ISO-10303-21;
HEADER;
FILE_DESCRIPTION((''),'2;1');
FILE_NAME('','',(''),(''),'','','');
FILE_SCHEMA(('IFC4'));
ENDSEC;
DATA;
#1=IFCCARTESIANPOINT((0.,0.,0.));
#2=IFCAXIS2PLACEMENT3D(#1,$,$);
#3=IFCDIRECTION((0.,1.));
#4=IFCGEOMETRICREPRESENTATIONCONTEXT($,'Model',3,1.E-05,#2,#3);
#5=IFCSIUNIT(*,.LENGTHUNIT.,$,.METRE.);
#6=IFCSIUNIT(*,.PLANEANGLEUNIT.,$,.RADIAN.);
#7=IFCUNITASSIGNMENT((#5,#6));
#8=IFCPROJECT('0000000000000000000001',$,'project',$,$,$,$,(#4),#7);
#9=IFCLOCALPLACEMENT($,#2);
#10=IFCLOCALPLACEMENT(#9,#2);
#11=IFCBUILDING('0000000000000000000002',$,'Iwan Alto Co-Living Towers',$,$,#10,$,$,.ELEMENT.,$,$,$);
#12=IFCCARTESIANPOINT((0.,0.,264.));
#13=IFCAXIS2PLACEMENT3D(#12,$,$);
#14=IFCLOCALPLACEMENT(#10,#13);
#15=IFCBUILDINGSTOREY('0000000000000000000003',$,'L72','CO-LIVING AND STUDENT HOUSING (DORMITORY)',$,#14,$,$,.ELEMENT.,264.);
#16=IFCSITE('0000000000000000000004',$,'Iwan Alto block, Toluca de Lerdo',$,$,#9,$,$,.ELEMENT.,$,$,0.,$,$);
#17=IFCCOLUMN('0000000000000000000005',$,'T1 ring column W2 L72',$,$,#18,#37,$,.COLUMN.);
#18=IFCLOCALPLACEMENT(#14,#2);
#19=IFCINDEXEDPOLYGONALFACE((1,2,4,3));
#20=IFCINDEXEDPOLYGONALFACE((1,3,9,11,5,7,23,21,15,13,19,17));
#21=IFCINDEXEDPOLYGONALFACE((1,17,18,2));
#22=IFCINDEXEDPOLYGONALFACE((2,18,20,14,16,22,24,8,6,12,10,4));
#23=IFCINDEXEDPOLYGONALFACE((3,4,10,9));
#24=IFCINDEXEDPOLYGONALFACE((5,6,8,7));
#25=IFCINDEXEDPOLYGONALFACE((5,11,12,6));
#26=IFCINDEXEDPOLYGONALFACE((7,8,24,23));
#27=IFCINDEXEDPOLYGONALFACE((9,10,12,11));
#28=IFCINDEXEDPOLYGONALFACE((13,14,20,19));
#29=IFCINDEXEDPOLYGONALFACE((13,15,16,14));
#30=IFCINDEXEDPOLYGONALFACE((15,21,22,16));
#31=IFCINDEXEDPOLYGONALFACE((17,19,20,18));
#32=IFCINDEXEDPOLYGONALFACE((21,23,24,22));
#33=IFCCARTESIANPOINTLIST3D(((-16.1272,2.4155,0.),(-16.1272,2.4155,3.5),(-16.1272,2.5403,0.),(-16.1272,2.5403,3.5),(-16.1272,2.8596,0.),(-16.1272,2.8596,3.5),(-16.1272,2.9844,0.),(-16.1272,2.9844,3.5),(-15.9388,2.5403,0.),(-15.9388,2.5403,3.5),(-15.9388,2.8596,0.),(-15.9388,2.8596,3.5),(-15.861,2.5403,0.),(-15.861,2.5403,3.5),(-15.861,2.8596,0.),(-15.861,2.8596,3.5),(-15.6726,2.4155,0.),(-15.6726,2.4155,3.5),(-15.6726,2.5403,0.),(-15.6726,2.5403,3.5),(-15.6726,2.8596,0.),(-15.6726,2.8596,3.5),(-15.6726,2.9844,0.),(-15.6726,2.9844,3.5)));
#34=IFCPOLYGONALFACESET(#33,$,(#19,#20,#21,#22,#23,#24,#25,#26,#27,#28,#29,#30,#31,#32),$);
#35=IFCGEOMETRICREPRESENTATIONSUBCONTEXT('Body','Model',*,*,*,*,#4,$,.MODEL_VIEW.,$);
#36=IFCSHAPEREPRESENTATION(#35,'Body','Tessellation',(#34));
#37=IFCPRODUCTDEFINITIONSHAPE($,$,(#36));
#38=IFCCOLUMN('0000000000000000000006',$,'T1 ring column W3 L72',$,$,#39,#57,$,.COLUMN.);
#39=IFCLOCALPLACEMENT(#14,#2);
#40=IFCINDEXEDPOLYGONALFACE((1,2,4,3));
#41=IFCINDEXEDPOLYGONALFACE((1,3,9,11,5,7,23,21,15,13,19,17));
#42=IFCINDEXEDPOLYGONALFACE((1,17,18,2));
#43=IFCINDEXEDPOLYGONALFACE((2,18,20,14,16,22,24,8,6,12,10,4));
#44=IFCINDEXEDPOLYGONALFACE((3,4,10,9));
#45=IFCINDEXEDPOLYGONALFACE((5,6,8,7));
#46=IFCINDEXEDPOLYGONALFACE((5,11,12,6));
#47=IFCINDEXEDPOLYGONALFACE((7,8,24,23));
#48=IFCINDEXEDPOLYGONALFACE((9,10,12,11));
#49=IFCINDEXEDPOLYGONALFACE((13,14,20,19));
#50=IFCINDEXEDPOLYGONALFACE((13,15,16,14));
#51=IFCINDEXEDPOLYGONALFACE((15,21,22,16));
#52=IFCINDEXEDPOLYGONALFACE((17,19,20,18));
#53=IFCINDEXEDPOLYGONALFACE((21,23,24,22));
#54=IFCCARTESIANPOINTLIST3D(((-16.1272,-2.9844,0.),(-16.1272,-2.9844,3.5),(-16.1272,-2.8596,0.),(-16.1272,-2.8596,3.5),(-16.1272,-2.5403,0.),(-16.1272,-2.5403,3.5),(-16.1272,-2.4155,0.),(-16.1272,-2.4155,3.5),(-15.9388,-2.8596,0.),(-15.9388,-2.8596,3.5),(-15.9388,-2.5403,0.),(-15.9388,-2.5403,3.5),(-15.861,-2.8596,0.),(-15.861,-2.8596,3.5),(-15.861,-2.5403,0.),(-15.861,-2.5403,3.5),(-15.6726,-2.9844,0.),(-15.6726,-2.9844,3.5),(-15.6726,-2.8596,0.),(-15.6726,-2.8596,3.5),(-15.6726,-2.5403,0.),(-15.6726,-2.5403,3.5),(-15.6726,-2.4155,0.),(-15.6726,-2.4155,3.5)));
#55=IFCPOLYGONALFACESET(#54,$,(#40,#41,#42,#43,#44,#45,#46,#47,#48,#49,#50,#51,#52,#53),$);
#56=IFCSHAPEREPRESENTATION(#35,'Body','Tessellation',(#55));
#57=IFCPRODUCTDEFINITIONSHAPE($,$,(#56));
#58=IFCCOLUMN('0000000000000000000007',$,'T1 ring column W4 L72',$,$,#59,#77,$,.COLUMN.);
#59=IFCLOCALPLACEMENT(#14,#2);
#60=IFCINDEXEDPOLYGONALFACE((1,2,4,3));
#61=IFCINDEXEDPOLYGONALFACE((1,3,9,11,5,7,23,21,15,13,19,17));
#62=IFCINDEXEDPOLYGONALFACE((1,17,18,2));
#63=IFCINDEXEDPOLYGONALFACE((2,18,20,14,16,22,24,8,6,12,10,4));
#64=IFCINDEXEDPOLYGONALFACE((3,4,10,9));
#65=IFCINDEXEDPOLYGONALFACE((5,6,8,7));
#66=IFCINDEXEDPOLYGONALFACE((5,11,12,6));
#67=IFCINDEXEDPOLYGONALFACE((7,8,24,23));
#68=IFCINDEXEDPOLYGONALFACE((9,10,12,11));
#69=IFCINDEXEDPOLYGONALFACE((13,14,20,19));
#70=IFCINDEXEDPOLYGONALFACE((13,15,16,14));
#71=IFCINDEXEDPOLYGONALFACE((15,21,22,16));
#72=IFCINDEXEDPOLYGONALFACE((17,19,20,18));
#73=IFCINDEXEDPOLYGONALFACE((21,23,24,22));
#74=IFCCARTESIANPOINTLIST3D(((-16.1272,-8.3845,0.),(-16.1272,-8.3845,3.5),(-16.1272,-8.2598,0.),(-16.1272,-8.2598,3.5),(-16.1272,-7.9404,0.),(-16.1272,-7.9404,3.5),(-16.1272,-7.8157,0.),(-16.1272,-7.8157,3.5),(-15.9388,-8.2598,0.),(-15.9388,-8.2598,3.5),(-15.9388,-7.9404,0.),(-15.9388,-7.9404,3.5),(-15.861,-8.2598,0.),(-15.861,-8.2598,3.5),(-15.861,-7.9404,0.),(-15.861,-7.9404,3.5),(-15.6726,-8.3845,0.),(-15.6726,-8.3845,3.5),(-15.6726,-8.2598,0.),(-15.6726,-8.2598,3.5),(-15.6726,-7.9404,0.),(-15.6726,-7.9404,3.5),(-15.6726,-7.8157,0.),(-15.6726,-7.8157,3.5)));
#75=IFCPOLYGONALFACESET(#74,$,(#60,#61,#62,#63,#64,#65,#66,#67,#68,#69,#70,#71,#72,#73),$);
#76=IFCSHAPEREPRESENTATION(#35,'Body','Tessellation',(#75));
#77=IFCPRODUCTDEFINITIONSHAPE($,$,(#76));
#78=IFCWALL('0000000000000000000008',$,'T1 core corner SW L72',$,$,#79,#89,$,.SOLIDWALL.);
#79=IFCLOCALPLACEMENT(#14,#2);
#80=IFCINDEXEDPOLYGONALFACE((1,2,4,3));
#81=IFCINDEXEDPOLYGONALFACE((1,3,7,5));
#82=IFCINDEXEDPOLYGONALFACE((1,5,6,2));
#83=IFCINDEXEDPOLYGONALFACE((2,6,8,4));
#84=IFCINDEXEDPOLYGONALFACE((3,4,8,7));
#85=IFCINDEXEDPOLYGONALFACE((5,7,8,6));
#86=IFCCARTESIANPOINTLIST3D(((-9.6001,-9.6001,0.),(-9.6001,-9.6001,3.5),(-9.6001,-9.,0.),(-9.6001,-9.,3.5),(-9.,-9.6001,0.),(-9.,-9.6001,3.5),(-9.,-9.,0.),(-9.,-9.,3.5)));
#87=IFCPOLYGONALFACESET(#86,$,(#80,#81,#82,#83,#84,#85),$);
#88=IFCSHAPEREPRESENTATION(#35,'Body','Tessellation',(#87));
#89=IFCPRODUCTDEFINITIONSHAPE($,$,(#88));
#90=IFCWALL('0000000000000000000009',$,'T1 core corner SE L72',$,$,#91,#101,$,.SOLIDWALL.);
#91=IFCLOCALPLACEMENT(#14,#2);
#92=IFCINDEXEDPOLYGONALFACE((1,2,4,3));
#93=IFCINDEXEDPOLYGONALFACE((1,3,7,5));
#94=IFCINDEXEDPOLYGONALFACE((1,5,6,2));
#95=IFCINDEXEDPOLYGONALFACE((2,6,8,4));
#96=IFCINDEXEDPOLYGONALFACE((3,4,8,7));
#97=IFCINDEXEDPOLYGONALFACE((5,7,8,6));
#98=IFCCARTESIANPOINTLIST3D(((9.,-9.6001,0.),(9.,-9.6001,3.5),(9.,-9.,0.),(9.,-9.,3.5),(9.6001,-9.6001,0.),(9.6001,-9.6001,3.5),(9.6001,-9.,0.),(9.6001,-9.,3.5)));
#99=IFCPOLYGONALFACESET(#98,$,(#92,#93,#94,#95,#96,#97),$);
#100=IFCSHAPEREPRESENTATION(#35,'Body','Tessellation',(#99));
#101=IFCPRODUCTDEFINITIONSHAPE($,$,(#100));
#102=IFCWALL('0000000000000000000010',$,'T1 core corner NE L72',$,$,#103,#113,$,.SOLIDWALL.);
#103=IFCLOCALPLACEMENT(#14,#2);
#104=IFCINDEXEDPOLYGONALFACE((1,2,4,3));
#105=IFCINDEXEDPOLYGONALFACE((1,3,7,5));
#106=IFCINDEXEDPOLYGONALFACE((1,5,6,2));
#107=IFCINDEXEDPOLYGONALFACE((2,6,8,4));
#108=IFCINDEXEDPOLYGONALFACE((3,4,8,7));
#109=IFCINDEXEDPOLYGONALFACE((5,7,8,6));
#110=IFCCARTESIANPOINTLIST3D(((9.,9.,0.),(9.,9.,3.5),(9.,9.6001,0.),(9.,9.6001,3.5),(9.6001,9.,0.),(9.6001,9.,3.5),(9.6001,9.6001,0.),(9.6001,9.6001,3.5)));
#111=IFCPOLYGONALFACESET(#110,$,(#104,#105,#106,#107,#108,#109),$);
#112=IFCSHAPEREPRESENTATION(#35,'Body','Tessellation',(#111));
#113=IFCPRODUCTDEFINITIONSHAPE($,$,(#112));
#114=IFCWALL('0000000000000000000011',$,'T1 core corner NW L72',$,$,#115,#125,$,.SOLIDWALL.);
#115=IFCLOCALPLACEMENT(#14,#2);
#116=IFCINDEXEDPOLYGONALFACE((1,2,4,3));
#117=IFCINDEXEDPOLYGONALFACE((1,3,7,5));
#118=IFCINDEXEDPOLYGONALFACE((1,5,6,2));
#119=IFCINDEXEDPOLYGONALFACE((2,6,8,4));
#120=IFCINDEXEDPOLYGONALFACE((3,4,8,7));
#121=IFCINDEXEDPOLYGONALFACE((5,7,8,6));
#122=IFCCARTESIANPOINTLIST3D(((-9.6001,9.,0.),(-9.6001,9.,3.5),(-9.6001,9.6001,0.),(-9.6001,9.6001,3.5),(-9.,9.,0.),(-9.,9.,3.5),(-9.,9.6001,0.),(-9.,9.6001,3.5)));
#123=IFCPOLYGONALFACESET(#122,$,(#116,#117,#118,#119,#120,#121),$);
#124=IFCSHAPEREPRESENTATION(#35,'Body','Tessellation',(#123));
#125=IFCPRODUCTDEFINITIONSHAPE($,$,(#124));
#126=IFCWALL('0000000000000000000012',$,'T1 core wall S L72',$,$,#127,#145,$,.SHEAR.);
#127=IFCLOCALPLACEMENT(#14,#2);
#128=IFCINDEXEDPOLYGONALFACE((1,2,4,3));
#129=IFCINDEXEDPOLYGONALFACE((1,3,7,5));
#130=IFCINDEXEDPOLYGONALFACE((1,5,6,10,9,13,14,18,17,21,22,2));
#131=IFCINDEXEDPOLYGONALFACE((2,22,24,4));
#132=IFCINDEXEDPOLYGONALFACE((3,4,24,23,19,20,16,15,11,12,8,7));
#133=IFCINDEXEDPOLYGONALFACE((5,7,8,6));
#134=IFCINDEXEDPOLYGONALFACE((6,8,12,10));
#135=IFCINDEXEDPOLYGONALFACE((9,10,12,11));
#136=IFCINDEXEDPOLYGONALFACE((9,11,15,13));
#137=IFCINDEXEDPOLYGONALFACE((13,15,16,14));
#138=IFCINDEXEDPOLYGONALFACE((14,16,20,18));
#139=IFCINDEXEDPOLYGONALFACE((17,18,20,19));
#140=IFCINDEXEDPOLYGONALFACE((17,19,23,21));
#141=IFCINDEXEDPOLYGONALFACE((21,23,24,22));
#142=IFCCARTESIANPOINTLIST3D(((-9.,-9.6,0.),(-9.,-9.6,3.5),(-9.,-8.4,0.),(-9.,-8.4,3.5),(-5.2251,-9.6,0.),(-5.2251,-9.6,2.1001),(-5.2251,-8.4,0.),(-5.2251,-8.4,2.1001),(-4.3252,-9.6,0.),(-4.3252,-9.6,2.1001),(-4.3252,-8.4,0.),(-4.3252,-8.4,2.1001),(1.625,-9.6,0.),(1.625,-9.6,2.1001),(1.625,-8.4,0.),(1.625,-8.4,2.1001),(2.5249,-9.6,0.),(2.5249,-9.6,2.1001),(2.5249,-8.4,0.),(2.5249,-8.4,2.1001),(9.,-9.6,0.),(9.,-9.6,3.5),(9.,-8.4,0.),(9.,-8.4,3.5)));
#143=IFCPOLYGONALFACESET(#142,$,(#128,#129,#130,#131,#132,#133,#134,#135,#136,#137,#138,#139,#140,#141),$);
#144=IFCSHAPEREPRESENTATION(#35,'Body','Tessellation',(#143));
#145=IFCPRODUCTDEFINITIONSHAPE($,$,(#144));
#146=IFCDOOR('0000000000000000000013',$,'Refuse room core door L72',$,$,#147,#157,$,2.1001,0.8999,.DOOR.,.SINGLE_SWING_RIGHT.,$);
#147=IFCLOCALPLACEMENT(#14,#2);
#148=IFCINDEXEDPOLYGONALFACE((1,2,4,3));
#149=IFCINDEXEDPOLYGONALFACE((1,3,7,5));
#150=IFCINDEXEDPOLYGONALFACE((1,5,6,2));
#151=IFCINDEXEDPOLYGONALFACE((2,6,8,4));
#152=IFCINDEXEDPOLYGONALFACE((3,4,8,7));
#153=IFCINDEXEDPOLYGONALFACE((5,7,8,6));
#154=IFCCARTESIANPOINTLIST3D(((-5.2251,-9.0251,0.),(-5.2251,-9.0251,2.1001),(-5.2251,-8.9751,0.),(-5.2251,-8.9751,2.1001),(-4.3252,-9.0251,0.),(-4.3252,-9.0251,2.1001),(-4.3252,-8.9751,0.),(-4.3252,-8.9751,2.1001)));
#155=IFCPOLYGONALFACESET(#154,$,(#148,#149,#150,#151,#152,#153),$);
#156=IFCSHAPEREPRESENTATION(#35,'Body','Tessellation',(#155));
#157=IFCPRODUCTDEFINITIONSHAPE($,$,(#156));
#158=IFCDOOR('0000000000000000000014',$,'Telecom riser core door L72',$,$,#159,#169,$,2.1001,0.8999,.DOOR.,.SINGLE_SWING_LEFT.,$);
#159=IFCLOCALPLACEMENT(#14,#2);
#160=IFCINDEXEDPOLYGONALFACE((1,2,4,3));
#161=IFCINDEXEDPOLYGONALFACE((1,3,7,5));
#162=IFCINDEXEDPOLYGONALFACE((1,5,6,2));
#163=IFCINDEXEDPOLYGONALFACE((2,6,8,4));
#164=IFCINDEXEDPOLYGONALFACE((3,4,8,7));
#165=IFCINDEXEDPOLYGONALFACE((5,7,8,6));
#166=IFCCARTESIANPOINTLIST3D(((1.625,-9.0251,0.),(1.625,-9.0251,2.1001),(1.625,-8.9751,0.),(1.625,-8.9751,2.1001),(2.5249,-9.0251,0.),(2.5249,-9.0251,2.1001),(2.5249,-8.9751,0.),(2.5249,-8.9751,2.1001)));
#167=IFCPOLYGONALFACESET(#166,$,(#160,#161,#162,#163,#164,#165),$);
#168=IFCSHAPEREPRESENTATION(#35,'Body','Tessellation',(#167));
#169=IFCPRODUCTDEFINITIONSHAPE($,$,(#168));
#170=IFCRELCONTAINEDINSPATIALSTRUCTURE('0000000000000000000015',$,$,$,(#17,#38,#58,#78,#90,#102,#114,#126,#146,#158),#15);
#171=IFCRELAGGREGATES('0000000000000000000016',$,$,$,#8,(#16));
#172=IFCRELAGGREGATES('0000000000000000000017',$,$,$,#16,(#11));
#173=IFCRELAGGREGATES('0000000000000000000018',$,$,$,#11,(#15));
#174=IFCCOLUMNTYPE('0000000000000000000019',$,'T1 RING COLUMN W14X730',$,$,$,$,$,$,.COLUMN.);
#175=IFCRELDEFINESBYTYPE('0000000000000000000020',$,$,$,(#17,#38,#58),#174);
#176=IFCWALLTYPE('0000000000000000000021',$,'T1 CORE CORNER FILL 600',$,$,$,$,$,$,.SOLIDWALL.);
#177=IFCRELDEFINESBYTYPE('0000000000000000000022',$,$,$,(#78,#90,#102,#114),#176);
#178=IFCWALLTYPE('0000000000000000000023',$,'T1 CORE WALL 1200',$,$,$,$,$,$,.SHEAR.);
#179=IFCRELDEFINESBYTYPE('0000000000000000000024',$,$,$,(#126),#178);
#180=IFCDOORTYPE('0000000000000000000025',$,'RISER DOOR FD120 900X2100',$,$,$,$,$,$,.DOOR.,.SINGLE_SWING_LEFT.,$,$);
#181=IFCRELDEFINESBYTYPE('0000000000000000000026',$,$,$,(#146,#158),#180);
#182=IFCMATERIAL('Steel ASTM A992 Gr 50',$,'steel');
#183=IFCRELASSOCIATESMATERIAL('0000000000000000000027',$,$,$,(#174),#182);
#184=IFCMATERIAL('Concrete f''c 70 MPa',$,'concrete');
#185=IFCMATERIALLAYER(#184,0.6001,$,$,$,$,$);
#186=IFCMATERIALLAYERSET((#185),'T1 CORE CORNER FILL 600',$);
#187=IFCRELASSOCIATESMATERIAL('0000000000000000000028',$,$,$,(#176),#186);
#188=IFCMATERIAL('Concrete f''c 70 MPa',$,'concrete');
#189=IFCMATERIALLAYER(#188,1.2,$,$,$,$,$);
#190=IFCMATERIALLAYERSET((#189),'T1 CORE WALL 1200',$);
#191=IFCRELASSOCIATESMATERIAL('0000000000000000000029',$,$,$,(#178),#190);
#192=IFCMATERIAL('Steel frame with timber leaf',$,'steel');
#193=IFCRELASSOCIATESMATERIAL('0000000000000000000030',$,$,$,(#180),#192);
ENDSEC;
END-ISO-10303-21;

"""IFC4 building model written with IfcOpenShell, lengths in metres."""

from ifc_helpers import new_model, si_unit, direction, frame, frame_2d, origin, origin_2d, place, context, subcontext, project, spatial, rectangle, i_section, extrude, material, layer, layer_set, material_profile, profile_set, type_object, element, fill, save


model = new_model("IFC4")

# Units and contexts
model_context = context("Model", 3, precision=1e-05, world=origin(), true_north=direction((0.0, 1.0)))
body_context = subcontext(model_context, "Body", "Model", "MODEL_VIEW")
ifc_project = project(units=[si_unit("LENGTHUNIT", "METRE"), si_unit("PLANEANGLEUNIT", "RADIAN")], contexts=[model_context])

# Site, building, storey
site_placement = place(None, origin())
site = spatial("IfcSite", under=ifc_project, at=site_placement, Name="Iwan Alto block, Toluca de Lerdo", CompositionType="ELEMENT", RefElevation=0.0)
building_placement = place(site_placement, origin())
building = spatial("IfcBuilding", under=site, at=building_placement, Name="Iwan Alto Co-Living Towers", CompositionType="ELEMENT")
storey_placement = place(building_placement, frame((0.0, 0.0, 264.0)))
storey = spatial("IfcBuildingStorey", under=building, at=storey_placement, Name="L72", Description="CO-LIVING AND STUDENT HOUSING (DORMITORY)", CompositionType="ELEMENT", Elevation=264.0)

# Columns
ifc_material_1 = material(Name="Steel ASTM A992 Gr 50", Category="steel")
ifc_material_profile_1 = material_profile(ifc_material_1, i_section(OverallWidth=0.4546, OverallDepth=0.5688, WebThickness=0.0779, FlangeThickness=0.1248, at=origin_2d()), Name="W14X730")
ifc_profile_set_1 = profile_set([ifc_material_profile_1], Name="Steel ASTM A992 Gr 50")
column_type_1 = type_object("IfcColumnType", Name="T1 RING COLUMN W14X730", PredefinedType="COLUMN", material=ifc_profile_set_1)
for number, where, z_axis, x_axis, name in (
    (1, (-15.8999, 2.7, 0.0), (0.0, 0.0, 1.0), (1.0, 0.0, 0.0), "T1 ring column W2 L72"),
    (2, (-15.8999, -2.7, 0.0), (0.0, 0.0, 1.0), (1.0, 0.0, 0.0), "T1 ring column W3 L72"),
    (3, (-15.8999, -8.1001, 0.0), (0.0, 0.0, 1.0), (1.0, 0.0, 0.0), "T1 ring column W4 L72"),
):
    element("IfcColumn", number, at=place(storey_placement, frame(where, z_axis=z_axis, x_axis=x_axis)), inside=storey, type_object=column_type_1, Name=name, PredefinedType="COLUMN", context=body_context, shape_type="SweptSolid", body=[
        extrude(i_section(OverallWidth=0.4546, OverallDepth=0.5688, WebThickness=0.0779, FlangeThickness=0.1248, at=origin_2d()), origin(), (0.0, 0.0, 1.0), 3.5),
    ])

# Walls
ifc_material_2 = material(Name="Concrete f'c 70 MPa", Category="concrete")
ifc_layer_1 = layer(ifc_material_2, 0.6001)
ifc_layer_set_1 = layer_set([ifc_layer_1], Name="T1 CORE CORNER FILL 600")
wall_type_1 = type_object("IfcWallType", Name="T1 CORE CORNER FILL 600", PredefinedType="SOLIDWALL", material=ifc_layer_set_1)
for number, where, z_axis, x_axis, name in (
    (4, (-9.6001, -9.3, 0.0), (0.0, 0.0, 1.0), (1.0, 0.0, 0.0), "T1 core corner SW L72"),
    (5, (9.0, -9.3, 0.0), (0.0, 0.0, 1.0), (1.0, 0.0, 0.0), "T1 core corner SE L72"),
    (6, (9.0, 9.3, 0.0), (0.0, 0.0, 1.0), (1.0, 0.0, 0.0), "T1 core corner NE L72"),
    (7, (-9.6001, 9.3, 0.0), (0.0, 0.0, 1.0), (1.0, 0.0, 0.0), "T1 core corner NW L72"),
):
    element("IfcWall", number, at=place(storey_placement, frame(where, z_axis=z_axis, x_axis=x_axis)), inside=storey, type_object=wall_type_1, Name=name, PredefinedType="SOLIDWALL", context=body_context, shape_type="SweptSolid", body=[
        extrude(rectangle(XDim=0.6001, YDim=0.6001, at=frame_2d((0.3, 0.0))), origin(), (0.0, 0.0, 1.0), 3.5),
    ])

# Wall, openings, doors
ifc_material_3 = material(Name="Concrete f'c 70 MPa", Category="concrete")
ifc_layer_2 = layer(ifc_material_3, 1.2)
ifc_layer_set_2 = layer_set([ifc_layer_2], Name="T1 CORE WALL 1200")
wall_type_2 = type_object("IfcWallType", Name="T1 CORE WALL 1200", PredefinedType="SHEAR", material=ifc_layer_set_2)
wall_1_placement = place(storey_placement, frame((-9.0, -9.0, 0.0), z_axis=(0.0, 0.0, 1.0), x_axis=(1.0, 0.0, 0.0)))
wall_1 = element("IfcWall", 8, at=wall_1_placement, inside=storey, type_object=wall_type_2, Name="T1 core wall S L72", PredefinedType="SHEAR", context=body_context, shape_type="SweptSolid", body=[
    extrude(rectangle(XDim=18.0, YDim=1.2, at=frame_2d((9.0, 0.0))), origin(), (0.0, 0.0, 1.0), 3.5),
])
opening_1_placement = place(wall_1_placement, frame((3.7749, 0.0, 0.0)))
opening_1 = element("IfcOpeningElement", 9, at=opening_1_placement, cuts=wall_1, PredefinedType="OPENING", context=body_context, shape_type="SweptSolid", body=[
    extrude(rectangle(XDim=0.8999, YDim=2.1001, at=frame_2d((0.45, 1.05))), frame((0.0, 0.6099, 0.0), z_axis=(0.0, -1.0, 0.0), x_axis=(1.0, 0.0, 0.0)), (0.0, 0.0, 1.0), 1.22),
])
opening_2_placement = place(wall_1_placement, frame((10.625, 0.0, 0.0)))
opening_2 = element("IfcOpeningElement", 10, at=opening_2_placement, cuts=wall_1, PredefinedType="OPENING", context=body_context, shape_type="SweptSolid", body=[
    extrude(rectangle(XDim=0.8999, YDim=2.1001, at=frame_2d((0.45, 1.05))), frame((0.0, 0.6099, 0.0), z_axis=(0.0, -1.0, 0.0), x_axis=(1.0, 0.0, 0.0)), (0.0, 0.0, 1.0), 1.22),
])
ifc_material_4 = material(Name="Steel frame with timber leaf", Category="steel")
door_type = type_object("IfcDoorType", Name="RISER DOOR FD120 900X2100", OperationType="SINGLE_SWING_LEFT", PredefinedType="DOOR", material=ifc_material_4)
door_1_placement = place(opening_1_placement, origin())
door_1 = element("IfcDoor", 11, at=door_1_placement, inside=storey, type_object=door_type, Name="Refuse room core door L72", OperationType="SINGLE_SWING_RIGHT", OverallHeight=2.1001, OverallWidth=0.8999, PredefinedType="DOOR", context=body_context, shape_type="SweptSolid", body=[
    extrude(rectangle(XDim=0.8999, YDim=2.1001, at=frame_2d((0.45, 1.05))), frame((0.0, 0.0249, 0.0), z_axis=(0.0, -1.0, 0.0), x_axis=(1.0, 0.0, 0.0)), (0.0, 0.0, 1.0), 0.05),
])
fill(opening_1, door_1)
door_2_placement = place(opening_2_placement, origin())
door_2 = element("IfcDoor", 12, at=door_2_placement, inside=storey, type_object=door_type, Name="Telecom riser core door L72", OperationType="SINGLE_SWING_LEFT", OverallHeight=2.1001, OverallWidth=0.8999, PredefinedType="DOOR", context=body_context, shape_type="SweptSolid", body=[
    extrude(rectangle(XDim=0.8999, YDim=2.1001, at=frame_2d((0.45, 1.05))), frame((0.0, 0.0249, 0.0), z_axis=(0.0, -1.0, 0.0), x_axis=(1.0, 0.0, 0.0)), (0.0, 0.0, 1.0), 0.05),
])
fill(opening_2, door_2)

save(model, "model.ifc")
